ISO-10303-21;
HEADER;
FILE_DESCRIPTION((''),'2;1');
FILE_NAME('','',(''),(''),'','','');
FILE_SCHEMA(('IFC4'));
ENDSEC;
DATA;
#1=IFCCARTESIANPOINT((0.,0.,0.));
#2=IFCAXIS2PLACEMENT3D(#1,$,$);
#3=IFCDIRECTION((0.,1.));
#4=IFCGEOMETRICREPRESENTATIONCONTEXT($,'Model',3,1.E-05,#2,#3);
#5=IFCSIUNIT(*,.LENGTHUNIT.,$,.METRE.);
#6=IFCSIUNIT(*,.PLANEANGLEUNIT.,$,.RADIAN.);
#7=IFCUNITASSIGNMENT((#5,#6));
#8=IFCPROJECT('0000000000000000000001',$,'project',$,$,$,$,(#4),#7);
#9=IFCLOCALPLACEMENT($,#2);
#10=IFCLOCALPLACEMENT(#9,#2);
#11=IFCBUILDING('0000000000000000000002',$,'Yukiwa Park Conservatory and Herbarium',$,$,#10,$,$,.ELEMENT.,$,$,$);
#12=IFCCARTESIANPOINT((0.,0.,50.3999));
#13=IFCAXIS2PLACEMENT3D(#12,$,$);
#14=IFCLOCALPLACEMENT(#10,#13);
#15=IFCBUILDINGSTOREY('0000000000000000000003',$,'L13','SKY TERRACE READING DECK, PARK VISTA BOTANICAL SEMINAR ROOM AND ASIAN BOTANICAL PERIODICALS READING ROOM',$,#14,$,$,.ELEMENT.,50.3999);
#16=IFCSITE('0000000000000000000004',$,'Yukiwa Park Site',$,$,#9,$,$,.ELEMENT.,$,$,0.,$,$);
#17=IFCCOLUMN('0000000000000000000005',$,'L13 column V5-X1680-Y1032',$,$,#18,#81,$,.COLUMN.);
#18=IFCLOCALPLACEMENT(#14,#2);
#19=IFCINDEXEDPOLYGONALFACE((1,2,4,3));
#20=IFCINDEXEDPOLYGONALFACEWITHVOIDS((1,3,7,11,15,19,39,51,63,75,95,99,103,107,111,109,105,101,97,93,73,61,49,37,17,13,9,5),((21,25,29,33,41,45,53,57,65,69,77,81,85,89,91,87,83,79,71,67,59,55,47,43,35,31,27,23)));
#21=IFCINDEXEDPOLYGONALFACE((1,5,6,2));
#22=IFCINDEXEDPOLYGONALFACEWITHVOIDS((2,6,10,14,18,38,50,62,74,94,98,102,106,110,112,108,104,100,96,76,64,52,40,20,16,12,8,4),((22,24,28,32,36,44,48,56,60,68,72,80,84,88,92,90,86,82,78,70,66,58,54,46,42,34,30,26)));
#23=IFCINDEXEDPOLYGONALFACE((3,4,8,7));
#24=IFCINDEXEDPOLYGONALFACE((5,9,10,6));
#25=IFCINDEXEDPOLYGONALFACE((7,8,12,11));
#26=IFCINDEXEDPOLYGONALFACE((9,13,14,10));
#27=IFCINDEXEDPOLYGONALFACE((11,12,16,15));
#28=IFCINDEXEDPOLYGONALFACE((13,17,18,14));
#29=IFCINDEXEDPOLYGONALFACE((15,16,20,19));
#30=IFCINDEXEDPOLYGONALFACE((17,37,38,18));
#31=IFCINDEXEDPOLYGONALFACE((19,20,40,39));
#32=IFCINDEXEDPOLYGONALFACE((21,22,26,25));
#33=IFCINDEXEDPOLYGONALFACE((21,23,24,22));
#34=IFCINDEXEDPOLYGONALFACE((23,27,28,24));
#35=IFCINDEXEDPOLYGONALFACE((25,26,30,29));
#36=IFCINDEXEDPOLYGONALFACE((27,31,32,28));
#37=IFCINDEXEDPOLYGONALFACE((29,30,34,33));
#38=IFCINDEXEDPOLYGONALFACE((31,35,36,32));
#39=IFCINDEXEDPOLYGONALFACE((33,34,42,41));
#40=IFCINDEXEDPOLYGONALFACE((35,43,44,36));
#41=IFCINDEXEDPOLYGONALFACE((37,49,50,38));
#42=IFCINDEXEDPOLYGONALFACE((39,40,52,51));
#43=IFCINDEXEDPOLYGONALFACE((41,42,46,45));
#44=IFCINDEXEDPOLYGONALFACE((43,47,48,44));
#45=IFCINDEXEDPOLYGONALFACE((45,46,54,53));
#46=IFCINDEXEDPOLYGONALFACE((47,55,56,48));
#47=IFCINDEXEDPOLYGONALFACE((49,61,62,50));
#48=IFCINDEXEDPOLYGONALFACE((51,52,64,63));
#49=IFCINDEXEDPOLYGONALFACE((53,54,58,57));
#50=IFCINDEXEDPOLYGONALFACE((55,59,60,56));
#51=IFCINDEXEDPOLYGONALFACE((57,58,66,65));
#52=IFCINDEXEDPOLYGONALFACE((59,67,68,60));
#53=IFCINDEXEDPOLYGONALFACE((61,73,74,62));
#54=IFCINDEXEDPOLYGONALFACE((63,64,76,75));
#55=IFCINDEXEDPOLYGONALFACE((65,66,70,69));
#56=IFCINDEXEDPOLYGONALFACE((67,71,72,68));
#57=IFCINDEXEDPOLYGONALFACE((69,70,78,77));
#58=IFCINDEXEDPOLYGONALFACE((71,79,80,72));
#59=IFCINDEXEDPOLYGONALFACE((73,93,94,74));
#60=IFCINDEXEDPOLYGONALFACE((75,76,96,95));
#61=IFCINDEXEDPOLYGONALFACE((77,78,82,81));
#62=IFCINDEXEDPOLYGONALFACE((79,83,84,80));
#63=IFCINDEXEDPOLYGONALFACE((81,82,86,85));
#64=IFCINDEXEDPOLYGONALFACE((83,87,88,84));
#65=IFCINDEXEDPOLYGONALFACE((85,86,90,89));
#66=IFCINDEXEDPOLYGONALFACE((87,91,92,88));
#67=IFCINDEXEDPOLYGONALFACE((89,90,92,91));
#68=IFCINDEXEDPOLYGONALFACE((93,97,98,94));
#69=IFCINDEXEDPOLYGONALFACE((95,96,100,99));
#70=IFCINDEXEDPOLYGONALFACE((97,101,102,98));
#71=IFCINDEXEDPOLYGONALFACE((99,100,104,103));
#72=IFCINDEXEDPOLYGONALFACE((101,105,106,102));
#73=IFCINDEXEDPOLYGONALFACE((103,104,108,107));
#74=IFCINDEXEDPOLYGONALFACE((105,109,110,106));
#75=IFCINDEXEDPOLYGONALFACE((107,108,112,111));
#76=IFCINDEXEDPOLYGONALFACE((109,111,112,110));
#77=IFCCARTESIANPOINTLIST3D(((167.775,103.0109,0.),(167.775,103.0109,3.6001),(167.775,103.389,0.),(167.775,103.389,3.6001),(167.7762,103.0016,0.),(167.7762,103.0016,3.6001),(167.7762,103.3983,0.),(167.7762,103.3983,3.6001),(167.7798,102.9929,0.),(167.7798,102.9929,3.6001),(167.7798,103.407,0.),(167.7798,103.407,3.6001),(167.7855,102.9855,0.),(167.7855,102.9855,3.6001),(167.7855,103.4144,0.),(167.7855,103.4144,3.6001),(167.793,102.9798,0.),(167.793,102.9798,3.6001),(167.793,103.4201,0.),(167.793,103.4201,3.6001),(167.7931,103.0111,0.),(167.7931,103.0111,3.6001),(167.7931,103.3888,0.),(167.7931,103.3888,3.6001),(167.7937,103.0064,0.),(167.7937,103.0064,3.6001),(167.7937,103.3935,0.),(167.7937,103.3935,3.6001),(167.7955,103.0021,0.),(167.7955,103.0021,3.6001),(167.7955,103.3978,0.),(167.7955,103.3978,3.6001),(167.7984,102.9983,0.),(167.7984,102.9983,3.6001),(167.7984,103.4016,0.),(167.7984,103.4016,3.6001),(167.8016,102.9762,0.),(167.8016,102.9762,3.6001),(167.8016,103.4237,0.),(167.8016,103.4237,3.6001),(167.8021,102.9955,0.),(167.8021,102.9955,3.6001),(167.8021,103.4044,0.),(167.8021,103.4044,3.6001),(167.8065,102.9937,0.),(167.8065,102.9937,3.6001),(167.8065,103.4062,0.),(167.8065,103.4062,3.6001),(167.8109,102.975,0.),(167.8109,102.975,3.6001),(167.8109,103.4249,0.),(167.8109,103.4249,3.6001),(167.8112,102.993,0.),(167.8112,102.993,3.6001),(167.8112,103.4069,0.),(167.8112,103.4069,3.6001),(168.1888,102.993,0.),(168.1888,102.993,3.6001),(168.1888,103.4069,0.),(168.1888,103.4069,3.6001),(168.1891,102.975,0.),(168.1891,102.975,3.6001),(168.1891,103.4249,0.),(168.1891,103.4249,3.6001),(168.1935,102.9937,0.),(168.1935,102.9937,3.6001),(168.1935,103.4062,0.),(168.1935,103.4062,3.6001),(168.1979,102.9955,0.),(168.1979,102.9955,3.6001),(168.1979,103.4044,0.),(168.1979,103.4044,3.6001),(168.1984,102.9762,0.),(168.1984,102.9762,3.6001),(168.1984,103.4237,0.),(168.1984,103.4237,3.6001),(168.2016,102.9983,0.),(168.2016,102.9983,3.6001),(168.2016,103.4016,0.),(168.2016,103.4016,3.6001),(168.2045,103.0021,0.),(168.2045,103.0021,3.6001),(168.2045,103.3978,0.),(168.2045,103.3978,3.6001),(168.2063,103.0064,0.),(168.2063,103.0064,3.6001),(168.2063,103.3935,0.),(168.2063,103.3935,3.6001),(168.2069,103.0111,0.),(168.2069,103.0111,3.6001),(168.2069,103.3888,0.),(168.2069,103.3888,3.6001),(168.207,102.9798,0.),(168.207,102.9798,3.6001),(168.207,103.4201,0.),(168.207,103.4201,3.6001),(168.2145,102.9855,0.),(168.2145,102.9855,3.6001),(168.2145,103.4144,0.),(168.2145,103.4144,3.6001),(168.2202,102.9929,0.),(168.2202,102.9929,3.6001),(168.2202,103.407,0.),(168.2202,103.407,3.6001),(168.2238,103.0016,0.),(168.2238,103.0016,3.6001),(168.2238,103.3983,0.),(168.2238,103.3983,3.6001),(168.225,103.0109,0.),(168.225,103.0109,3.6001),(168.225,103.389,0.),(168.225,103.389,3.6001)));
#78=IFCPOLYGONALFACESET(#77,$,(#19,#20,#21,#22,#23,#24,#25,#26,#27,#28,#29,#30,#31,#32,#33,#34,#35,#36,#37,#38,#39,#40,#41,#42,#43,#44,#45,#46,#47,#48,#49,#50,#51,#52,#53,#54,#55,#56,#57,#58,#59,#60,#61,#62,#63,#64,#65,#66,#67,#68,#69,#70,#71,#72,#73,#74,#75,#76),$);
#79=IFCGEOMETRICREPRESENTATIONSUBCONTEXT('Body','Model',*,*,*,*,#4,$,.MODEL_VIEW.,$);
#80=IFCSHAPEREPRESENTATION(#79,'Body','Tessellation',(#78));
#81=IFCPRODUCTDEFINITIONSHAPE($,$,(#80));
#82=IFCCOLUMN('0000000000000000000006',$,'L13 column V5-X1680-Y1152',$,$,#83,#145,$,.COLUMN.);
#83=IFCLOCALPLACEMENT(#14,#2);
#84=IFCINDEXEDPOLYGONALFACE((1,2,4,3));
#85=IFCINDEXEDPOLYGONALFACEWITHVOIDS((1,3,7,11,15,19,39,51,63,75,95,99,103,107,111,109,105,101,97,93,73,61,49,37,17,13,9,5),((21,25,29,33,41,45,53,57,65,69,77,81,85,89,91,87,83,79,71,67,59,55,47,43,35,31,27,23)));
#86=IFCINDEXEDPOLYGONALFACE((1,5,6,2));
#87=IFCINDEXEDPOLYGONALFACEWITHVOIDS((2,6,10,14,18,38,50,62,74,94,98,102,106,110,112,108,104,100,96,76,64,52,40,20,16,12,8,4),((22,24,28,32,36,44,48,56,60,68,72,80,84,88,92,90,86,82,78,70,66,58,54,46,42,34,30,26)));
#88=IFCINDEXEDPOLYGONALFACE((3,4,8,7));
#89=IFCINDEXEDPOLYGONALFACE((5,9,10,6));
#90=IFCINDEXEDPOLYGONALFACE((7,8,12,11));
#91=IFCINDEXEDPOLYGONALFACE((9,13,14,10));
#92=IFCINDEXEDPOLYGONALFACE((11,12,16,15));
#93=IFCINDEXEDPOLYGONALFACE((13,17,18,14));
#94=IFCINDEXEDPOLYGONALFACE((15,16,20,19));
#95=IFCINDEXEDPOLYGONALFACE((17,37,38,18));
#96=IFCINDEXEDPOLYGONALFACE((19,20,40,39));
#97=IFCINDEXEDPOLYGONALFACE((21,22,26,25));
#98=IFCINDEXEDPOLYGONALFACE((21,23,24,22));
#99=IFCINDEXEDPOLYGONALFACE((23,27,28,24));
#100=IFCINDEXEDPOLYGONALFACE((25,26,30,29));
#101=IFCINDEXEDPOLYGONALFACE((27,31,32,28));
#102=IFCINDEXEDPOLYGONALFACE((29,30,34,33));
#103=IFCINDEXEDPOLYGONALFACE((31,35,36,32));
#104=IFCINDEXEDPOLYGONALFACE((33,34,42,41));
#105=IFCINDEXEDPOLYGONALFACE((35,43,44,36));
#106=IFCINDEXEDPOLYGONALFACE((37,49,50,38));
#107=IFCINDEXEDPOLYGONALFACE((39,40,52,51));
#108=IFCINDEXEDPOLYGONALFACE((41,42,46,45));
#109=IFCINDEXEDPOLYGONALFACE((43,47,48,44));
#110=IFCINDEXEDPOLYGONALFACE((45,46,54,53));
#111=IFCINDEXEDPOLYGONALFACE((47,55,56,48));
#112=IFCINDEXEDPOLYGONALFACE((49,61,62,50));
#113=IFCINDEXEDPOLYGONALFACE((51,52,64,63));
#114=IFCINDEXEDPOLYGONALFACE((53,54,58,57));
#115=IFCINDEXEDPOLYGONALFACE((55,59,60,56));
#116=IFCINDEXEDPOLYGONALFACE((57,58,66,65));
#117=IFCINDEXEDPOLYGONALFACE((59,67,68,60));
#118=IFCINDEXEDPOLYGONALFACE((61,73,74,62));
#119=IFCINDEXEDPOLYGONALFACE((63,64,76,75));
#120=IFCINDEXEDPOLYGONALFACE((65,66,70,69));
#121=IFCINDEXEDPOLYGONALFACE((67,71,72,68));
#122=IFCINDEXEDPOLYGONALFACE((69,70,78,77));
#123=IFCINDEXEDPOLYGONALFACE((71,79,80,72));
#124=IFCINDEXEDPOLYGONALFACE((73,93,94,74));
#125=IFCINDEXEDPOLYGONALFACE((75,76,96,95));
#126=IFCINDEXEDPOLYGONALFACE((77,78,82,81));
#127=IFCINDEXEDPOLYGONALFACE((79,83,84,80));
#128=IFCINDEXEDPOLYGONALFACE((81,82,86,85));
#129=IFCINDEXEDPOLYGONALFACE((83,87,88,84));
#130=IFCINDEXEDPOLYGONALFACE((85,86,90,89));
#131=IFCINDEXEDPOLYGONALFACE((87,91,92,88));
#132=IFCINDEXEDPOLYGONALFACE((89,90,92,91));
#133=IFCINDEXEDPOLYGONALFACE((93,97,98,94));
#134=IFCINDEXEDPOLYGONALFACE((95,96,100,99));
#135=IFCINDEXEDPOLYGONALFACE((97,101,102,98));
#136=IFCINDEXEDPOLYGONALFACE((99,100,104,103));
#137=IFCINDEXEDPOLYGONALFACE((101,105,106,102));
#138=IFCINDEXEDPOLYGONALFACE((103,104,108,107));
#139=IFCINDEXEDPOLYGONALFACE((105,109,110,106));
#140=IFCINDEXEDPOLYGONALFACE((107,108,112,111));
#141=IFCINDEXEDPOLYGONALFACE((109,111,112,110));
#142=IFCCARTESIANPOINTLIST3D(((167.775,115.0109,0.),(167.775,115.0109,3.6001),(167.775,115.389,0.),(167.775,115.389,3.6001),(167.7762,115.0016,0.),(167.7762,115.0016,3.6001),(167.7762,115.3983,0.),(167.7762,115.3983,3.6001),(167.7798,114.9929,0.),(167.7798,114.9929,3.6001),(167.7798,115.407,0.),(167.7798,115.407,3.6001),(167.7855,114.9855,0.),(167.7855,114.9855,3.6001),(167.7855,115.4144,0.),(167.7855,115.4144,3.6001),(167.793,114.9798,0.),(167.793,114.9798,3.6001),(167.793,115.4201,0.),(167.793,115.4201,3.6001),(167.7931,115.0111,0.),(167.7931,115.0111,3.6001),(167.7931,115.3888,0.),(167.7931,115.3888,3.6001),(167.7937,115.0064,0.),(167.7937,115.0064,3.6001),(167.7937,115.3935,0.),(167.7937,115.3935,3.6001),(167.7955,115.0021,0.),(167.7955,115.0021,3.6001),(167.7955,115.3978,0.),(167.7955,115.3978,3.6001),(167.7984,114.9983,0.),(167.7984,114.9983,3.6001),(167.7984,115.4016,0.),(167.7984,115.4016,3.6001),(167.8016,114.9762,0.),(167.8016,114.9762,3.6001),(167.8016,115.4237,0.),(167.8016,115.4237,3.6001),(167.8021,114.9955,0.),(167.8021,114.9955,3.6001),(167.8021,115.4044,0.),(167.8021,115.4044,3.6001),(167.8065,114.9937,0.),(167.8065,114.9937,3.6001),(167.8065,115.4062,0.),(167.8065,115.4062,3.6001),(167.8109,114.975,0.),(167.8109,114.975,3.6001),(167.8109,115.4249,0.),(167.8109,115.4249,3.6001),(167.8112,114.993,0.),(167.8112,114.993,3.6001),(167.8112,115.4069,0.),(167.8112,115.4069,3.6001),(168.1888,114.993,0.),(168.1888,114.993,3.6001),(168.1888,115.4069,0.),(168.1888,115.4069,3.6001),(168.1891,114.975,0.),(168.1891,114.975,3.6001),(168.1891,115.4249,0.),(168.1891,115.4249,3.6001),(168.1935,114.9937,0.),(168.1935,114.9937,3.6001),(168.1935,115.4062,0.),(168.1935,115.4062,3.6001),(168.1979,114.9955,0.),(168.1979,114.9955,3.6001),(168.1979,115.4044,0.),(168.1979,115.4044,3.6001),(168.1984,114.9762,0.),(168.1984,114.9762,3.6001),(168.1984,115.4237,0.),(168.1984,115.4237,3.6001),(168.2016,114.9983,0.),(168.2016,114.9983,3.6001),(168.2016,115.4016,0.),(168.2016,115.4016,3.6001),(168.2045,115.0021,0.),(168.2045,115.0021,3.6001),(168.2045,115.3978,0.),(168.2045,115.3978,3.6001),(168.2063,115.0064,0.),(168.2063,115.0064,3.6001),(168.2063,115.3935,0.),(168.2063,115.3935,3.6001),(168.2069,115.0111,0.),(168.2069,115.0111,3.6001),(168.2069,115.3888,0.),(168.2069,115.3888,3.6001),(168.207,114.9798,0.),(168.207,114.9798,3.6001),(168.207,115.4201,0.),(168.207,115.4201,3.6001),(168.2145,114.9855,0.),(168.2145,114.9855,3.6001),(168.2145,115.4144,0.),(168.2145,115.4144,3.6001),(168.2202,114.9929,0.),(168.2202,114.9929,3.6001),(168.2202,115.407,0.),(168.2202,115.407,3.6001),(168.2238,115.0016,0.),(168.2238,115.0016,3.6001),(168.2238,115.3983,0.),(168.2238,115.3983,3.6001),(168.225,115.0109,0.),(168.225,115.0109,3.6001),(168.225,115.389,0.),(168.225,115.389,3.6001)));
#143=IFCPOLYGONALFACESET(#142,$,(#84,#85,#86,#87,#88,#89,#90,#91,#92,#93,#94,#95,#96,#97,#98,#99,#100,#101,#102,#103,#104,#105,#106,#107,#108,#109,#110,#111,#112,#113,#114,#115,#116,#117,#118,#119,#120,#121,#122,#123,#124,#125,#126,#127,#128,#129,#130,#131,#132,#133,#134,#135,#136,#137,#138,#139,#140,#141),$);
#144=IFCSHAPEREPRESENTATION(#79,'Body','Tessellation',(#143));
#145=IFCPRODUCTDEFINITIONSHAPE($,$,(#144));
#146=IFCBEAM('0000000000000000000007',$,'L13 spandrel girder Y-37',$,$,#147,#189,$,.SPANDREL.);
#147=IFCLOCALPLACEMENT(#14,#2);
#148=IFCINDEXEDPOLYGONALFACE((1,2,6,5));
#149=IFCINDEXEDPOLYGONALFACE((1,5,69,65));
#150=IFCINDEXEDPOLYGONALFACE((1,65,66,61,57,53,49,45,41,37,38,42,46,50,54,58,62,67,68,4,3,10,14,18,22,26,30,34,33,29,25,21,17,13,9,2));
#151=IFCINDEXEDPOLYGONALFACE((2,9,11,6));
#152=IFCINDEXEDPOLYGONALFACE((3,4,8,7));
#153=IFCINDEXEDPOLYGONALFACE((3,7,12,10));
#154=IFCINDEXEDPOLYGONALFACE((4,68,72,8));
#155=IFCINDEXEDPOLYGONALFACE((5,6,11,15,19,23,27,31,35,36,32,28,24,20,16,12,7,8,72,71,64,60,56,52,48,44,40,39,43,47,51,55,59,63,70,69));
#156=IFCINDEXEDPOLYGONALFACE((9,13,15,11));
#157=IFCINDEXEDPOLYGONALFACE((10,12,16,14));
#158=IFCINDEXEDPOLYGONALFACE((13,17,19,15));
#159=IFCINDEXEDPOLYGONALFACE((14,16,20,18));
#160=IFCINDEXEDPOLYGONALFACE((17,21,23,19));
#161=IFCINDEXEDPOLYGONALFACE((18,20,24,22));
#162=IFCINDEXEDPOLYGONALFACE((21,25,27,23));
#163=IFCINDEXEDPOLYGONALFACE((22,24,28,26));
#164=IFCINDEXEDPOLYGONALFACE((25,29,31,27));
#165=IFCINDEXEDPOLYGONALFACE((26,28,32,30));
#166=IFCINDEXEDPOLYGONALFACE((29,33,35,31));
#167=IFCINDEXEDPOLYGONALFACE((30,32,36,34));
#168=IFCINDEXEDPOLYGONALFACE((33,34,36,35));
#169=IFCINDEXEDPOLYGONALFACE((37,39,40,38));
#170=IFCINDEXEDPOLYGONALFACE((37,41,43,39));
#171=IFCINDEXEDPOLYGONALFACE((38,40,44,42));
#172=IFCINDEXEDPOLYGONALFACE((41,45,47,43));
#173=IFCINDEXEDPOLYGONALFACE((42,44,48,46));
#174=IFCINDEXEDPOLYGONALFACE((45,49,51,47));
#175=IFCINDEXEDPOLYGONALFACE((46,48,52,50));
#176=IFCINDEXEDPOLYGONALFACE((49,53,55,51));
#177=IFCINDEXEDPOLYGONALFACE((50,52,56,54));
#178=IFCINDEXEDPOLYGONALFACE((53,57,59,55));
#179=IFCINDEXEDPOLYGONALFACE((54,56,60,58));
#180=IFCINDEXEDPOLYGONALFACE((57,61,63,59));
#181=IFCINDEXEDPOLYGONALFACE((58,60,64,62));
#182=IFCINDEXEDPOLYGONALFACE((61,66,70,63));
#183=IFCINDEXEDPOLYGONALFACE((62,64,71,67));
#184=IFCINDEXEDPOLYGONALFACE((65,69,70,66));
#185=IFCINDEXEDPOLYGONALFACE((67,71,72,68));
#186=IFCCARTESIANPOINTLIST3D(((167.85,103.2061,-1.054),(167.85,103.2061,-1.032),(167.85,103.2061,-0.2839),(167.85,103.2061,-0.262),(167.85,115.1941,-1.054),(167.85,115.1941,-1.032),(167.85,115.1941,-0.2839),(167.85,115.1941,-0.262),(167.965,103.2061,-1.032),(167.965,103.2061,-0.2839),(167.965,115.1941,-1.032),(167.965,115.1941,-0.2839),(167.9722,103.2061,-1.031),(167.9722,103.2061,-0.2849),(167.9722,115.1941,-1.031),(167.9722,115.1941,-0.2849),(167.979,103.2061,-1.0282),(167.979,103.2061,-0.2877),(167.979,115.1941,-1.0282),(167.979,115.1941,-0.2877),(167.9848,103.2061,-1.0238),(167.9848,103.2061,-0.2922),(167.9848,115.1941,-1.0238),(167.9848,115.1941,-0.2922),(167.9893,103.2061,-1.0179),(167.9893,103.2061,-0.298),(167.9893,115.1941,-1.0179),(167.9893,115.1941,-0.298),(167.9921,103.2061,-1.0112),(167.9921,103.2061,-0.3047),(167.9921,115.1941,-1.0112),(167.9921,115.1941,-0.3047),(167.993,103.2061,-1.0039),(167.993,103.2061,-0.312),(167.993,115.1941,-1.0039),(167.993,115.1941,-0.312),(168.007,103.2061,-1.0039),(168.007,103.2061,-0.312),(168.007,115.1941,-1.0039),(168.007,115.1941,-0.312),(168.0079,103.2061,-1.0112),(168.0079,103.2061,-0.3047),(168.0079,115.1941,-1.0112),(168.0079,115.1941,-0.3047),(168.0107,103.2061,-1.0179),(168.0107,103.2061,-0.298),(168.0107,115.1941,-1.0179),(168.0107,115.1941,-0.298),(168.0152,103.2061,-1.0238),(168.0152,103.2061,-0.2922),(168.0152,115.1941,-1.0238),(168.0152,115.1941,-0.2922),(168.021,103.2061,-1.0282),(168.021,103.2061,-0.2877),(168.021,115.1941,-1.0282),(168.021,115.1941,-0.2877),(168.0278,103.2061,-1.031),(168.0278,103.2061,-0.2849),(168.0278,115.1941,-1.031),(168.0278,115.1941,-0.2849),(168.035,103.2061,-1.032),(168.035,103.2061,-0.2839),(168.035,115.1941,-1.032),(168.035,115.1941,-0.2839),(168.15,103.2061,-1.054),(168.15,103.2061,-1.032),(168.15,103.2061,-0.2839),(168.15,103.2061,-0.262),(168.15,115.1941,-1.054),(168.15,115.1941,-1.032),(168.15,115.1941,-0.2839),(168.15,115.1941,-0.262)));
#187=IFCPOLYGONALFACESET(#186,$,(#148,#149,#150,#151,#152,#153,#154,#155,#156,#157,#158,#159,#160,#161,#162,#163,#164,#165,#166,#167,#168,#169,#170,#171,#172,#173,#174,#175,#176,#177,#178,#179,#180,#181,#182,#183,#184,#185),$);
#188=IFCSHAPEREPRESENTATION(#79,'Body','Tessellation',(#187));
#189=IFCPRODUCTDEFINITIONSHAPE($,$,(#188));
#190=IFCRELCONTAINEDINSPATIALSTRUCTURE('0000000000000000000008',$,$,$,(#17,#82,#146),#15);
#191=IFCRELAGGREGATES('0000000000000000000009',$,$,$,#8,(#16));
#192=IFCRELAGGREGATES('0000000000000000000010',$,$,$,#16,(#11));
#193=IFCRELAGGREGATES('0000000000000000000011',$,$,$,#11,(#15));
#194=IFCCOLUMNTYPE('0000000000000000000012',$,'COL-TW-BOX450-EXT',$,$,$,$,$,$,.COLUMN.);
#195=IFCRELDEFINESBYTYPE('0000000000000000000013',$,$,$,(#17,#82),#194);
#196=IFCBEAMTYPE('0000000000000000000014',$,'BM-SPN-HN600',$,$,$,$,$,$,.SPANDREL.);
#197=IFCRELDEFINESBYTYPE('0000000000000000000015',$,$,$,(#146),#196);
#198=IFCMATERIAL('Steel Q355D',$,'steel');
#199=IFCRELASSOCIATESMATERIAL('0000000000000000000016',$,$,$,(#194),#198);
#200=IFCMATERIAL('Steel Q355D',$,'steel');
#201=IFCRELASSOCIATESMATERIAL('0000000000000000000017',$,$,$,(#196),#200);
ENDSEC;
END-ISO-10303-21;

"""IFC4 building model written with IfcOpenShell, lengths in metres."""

from ifc_helpers import new_model, si_unit, direction, frame, origin, origin_2d, place, context, subcontext, project, spatial, hollow_rectangle, i_section, extrude, material, material_profile, profile_set, type_object, element, save


model = new_model("IFC4")

# Units and contexts
model_context = context("Model", 3, precision=1e-05, world=origin(), true_north=direction((0.0, 1.0)))
body_context = subcontext(model_context, "Body", "Model", "MODEL_VIEW")
ifc_project = project(units=[si_unit("LENGTHUNIT", "METRE"), si_unit("PLANEANGLEUNIT", "RADIAN")], contexts=[model_context])

# Site, building, storey
site_placement = place(None, origin())
site = spatial("IfcSite", under=ifc_project, at=site_placement, Name="Yukiwa Park Site", CompositionType="ELEMENT", RefElevation=0.0)
building_placement = place(site_placement, origin())
building = spatial("IfcBuilding", under=site, at=building_placement, Name="Yukiwa Park Conservatory and Herbarium", CompositionType="ELEMENT")
storey_placement = place(building_placement, frame((0.0, 0.0, 50.3999)))
storey = spatial("IfcBuildingStorey", under=building, at=storey_placement, Name="L13", Description="SKY TERRACE READING DECK, PARK VISTA BOTANICAL SEMINAR ROOM AND ASIAN BOTANICAL PERIODICALS READING ROOM", CompositionType="ELEMENT", Elevation=50.3999)

# Columns
ifc_material_1 = material(Name="Steel Q355D", Category="steel")
ifc_material_profile_1 = material_profile(ifc_material_1, hollow_rectangle(XDim=0.45, YDim=0.45, WallThickness=0.0181, InnerFilletRadius=0.0181, OuterFilletRadius=0.0359, at=origin_2d()), Name="BOX 450x450x18")
ifc_profile_set_1 = profile_set([ifc_material_profile_1], Name="Steel Q355D")
column_type = type_object("IfcColumnType", Name="COL-TW-BOX450-EXT", PredefinedType="COLUMN", material=ifc_profile_set_1)
for number, where, z_axis, x_axis, name in (
    (1, (168.0, 103.2, 0.0), (0.0, 0.0, 1.0), (1.0, 0.0, 0.0), "L13 column V5-X1680-Y1032"),
    (2, (168.0, 115.2, 0.0), (0.0, 0.0, 1.0), (1.0, 0.0, 0.0), "L13 column V5-X1680-Y1152"),
):
    element("IfcColumn", number, at=place(storey_placement, frame(where, z_axis=z_axis, x_axis=x_axis)), inside=storey, type_object=column_type, Name=name, PredefinedType="COLUMN", context=body_context, shape_type="SweptSolid", body=[
        extrude(hollow_rectangle(XDim=0.45, YDim=0.45, WallThickness=0.0181, InnerFilletRadius=0.0181, OuterFilletRadius=0.0359, at=origin_2d()), origin(), (0.0, 0.0, 1.0), 3.6001),
    ])

# Beam
ifc_material_2 = material(Name="Steel Q355D", Category="steel")
ifc_material_profile_2 = material_profile(ifc_material_2, i_section(OverallWidth=0.3, OverallDepth=0.792, WebThickness=0.0139, FlangeThickness=0.022, FilletRadius=0.0281, at=origin_2d()), Name="HN 792x300x14x22")
ifc_profile_set_2 = profile_set([ifc_material_profile_2], Name="Steel Q355D")
beam_type_1 = type_object("IfcBeamType", Name="BM-SPN-HN600", PredefinedType="SPANDREL", material=ifc_profile_set_2)
beam_1_placement = place(storey_placement, frame((168.0, 103.2061, -0.658), z_axis=(0.0, 1.0, 0.0), x_axis=(-1.0, 0.0, 0.0)))
element("IfcBeam", 3, at=beam_1_placement, inside=storey, type_object=beam_type_1, Name="L13 spandrel girder Y-37", PredefinedType="SPANDREL", context=body_context, shape_type="SweptSolid", body=[
    extrude(i_section(OverallWidth=0.3, OverallDepth=0.792, WebThickness=0.0139, FlangeThickness=0.022, FilletRadius=0.0281, at=origin_2d()), origin(), (0.0, 0.0, 1.0), 11.988),
])

save(model, "model.ifc")
